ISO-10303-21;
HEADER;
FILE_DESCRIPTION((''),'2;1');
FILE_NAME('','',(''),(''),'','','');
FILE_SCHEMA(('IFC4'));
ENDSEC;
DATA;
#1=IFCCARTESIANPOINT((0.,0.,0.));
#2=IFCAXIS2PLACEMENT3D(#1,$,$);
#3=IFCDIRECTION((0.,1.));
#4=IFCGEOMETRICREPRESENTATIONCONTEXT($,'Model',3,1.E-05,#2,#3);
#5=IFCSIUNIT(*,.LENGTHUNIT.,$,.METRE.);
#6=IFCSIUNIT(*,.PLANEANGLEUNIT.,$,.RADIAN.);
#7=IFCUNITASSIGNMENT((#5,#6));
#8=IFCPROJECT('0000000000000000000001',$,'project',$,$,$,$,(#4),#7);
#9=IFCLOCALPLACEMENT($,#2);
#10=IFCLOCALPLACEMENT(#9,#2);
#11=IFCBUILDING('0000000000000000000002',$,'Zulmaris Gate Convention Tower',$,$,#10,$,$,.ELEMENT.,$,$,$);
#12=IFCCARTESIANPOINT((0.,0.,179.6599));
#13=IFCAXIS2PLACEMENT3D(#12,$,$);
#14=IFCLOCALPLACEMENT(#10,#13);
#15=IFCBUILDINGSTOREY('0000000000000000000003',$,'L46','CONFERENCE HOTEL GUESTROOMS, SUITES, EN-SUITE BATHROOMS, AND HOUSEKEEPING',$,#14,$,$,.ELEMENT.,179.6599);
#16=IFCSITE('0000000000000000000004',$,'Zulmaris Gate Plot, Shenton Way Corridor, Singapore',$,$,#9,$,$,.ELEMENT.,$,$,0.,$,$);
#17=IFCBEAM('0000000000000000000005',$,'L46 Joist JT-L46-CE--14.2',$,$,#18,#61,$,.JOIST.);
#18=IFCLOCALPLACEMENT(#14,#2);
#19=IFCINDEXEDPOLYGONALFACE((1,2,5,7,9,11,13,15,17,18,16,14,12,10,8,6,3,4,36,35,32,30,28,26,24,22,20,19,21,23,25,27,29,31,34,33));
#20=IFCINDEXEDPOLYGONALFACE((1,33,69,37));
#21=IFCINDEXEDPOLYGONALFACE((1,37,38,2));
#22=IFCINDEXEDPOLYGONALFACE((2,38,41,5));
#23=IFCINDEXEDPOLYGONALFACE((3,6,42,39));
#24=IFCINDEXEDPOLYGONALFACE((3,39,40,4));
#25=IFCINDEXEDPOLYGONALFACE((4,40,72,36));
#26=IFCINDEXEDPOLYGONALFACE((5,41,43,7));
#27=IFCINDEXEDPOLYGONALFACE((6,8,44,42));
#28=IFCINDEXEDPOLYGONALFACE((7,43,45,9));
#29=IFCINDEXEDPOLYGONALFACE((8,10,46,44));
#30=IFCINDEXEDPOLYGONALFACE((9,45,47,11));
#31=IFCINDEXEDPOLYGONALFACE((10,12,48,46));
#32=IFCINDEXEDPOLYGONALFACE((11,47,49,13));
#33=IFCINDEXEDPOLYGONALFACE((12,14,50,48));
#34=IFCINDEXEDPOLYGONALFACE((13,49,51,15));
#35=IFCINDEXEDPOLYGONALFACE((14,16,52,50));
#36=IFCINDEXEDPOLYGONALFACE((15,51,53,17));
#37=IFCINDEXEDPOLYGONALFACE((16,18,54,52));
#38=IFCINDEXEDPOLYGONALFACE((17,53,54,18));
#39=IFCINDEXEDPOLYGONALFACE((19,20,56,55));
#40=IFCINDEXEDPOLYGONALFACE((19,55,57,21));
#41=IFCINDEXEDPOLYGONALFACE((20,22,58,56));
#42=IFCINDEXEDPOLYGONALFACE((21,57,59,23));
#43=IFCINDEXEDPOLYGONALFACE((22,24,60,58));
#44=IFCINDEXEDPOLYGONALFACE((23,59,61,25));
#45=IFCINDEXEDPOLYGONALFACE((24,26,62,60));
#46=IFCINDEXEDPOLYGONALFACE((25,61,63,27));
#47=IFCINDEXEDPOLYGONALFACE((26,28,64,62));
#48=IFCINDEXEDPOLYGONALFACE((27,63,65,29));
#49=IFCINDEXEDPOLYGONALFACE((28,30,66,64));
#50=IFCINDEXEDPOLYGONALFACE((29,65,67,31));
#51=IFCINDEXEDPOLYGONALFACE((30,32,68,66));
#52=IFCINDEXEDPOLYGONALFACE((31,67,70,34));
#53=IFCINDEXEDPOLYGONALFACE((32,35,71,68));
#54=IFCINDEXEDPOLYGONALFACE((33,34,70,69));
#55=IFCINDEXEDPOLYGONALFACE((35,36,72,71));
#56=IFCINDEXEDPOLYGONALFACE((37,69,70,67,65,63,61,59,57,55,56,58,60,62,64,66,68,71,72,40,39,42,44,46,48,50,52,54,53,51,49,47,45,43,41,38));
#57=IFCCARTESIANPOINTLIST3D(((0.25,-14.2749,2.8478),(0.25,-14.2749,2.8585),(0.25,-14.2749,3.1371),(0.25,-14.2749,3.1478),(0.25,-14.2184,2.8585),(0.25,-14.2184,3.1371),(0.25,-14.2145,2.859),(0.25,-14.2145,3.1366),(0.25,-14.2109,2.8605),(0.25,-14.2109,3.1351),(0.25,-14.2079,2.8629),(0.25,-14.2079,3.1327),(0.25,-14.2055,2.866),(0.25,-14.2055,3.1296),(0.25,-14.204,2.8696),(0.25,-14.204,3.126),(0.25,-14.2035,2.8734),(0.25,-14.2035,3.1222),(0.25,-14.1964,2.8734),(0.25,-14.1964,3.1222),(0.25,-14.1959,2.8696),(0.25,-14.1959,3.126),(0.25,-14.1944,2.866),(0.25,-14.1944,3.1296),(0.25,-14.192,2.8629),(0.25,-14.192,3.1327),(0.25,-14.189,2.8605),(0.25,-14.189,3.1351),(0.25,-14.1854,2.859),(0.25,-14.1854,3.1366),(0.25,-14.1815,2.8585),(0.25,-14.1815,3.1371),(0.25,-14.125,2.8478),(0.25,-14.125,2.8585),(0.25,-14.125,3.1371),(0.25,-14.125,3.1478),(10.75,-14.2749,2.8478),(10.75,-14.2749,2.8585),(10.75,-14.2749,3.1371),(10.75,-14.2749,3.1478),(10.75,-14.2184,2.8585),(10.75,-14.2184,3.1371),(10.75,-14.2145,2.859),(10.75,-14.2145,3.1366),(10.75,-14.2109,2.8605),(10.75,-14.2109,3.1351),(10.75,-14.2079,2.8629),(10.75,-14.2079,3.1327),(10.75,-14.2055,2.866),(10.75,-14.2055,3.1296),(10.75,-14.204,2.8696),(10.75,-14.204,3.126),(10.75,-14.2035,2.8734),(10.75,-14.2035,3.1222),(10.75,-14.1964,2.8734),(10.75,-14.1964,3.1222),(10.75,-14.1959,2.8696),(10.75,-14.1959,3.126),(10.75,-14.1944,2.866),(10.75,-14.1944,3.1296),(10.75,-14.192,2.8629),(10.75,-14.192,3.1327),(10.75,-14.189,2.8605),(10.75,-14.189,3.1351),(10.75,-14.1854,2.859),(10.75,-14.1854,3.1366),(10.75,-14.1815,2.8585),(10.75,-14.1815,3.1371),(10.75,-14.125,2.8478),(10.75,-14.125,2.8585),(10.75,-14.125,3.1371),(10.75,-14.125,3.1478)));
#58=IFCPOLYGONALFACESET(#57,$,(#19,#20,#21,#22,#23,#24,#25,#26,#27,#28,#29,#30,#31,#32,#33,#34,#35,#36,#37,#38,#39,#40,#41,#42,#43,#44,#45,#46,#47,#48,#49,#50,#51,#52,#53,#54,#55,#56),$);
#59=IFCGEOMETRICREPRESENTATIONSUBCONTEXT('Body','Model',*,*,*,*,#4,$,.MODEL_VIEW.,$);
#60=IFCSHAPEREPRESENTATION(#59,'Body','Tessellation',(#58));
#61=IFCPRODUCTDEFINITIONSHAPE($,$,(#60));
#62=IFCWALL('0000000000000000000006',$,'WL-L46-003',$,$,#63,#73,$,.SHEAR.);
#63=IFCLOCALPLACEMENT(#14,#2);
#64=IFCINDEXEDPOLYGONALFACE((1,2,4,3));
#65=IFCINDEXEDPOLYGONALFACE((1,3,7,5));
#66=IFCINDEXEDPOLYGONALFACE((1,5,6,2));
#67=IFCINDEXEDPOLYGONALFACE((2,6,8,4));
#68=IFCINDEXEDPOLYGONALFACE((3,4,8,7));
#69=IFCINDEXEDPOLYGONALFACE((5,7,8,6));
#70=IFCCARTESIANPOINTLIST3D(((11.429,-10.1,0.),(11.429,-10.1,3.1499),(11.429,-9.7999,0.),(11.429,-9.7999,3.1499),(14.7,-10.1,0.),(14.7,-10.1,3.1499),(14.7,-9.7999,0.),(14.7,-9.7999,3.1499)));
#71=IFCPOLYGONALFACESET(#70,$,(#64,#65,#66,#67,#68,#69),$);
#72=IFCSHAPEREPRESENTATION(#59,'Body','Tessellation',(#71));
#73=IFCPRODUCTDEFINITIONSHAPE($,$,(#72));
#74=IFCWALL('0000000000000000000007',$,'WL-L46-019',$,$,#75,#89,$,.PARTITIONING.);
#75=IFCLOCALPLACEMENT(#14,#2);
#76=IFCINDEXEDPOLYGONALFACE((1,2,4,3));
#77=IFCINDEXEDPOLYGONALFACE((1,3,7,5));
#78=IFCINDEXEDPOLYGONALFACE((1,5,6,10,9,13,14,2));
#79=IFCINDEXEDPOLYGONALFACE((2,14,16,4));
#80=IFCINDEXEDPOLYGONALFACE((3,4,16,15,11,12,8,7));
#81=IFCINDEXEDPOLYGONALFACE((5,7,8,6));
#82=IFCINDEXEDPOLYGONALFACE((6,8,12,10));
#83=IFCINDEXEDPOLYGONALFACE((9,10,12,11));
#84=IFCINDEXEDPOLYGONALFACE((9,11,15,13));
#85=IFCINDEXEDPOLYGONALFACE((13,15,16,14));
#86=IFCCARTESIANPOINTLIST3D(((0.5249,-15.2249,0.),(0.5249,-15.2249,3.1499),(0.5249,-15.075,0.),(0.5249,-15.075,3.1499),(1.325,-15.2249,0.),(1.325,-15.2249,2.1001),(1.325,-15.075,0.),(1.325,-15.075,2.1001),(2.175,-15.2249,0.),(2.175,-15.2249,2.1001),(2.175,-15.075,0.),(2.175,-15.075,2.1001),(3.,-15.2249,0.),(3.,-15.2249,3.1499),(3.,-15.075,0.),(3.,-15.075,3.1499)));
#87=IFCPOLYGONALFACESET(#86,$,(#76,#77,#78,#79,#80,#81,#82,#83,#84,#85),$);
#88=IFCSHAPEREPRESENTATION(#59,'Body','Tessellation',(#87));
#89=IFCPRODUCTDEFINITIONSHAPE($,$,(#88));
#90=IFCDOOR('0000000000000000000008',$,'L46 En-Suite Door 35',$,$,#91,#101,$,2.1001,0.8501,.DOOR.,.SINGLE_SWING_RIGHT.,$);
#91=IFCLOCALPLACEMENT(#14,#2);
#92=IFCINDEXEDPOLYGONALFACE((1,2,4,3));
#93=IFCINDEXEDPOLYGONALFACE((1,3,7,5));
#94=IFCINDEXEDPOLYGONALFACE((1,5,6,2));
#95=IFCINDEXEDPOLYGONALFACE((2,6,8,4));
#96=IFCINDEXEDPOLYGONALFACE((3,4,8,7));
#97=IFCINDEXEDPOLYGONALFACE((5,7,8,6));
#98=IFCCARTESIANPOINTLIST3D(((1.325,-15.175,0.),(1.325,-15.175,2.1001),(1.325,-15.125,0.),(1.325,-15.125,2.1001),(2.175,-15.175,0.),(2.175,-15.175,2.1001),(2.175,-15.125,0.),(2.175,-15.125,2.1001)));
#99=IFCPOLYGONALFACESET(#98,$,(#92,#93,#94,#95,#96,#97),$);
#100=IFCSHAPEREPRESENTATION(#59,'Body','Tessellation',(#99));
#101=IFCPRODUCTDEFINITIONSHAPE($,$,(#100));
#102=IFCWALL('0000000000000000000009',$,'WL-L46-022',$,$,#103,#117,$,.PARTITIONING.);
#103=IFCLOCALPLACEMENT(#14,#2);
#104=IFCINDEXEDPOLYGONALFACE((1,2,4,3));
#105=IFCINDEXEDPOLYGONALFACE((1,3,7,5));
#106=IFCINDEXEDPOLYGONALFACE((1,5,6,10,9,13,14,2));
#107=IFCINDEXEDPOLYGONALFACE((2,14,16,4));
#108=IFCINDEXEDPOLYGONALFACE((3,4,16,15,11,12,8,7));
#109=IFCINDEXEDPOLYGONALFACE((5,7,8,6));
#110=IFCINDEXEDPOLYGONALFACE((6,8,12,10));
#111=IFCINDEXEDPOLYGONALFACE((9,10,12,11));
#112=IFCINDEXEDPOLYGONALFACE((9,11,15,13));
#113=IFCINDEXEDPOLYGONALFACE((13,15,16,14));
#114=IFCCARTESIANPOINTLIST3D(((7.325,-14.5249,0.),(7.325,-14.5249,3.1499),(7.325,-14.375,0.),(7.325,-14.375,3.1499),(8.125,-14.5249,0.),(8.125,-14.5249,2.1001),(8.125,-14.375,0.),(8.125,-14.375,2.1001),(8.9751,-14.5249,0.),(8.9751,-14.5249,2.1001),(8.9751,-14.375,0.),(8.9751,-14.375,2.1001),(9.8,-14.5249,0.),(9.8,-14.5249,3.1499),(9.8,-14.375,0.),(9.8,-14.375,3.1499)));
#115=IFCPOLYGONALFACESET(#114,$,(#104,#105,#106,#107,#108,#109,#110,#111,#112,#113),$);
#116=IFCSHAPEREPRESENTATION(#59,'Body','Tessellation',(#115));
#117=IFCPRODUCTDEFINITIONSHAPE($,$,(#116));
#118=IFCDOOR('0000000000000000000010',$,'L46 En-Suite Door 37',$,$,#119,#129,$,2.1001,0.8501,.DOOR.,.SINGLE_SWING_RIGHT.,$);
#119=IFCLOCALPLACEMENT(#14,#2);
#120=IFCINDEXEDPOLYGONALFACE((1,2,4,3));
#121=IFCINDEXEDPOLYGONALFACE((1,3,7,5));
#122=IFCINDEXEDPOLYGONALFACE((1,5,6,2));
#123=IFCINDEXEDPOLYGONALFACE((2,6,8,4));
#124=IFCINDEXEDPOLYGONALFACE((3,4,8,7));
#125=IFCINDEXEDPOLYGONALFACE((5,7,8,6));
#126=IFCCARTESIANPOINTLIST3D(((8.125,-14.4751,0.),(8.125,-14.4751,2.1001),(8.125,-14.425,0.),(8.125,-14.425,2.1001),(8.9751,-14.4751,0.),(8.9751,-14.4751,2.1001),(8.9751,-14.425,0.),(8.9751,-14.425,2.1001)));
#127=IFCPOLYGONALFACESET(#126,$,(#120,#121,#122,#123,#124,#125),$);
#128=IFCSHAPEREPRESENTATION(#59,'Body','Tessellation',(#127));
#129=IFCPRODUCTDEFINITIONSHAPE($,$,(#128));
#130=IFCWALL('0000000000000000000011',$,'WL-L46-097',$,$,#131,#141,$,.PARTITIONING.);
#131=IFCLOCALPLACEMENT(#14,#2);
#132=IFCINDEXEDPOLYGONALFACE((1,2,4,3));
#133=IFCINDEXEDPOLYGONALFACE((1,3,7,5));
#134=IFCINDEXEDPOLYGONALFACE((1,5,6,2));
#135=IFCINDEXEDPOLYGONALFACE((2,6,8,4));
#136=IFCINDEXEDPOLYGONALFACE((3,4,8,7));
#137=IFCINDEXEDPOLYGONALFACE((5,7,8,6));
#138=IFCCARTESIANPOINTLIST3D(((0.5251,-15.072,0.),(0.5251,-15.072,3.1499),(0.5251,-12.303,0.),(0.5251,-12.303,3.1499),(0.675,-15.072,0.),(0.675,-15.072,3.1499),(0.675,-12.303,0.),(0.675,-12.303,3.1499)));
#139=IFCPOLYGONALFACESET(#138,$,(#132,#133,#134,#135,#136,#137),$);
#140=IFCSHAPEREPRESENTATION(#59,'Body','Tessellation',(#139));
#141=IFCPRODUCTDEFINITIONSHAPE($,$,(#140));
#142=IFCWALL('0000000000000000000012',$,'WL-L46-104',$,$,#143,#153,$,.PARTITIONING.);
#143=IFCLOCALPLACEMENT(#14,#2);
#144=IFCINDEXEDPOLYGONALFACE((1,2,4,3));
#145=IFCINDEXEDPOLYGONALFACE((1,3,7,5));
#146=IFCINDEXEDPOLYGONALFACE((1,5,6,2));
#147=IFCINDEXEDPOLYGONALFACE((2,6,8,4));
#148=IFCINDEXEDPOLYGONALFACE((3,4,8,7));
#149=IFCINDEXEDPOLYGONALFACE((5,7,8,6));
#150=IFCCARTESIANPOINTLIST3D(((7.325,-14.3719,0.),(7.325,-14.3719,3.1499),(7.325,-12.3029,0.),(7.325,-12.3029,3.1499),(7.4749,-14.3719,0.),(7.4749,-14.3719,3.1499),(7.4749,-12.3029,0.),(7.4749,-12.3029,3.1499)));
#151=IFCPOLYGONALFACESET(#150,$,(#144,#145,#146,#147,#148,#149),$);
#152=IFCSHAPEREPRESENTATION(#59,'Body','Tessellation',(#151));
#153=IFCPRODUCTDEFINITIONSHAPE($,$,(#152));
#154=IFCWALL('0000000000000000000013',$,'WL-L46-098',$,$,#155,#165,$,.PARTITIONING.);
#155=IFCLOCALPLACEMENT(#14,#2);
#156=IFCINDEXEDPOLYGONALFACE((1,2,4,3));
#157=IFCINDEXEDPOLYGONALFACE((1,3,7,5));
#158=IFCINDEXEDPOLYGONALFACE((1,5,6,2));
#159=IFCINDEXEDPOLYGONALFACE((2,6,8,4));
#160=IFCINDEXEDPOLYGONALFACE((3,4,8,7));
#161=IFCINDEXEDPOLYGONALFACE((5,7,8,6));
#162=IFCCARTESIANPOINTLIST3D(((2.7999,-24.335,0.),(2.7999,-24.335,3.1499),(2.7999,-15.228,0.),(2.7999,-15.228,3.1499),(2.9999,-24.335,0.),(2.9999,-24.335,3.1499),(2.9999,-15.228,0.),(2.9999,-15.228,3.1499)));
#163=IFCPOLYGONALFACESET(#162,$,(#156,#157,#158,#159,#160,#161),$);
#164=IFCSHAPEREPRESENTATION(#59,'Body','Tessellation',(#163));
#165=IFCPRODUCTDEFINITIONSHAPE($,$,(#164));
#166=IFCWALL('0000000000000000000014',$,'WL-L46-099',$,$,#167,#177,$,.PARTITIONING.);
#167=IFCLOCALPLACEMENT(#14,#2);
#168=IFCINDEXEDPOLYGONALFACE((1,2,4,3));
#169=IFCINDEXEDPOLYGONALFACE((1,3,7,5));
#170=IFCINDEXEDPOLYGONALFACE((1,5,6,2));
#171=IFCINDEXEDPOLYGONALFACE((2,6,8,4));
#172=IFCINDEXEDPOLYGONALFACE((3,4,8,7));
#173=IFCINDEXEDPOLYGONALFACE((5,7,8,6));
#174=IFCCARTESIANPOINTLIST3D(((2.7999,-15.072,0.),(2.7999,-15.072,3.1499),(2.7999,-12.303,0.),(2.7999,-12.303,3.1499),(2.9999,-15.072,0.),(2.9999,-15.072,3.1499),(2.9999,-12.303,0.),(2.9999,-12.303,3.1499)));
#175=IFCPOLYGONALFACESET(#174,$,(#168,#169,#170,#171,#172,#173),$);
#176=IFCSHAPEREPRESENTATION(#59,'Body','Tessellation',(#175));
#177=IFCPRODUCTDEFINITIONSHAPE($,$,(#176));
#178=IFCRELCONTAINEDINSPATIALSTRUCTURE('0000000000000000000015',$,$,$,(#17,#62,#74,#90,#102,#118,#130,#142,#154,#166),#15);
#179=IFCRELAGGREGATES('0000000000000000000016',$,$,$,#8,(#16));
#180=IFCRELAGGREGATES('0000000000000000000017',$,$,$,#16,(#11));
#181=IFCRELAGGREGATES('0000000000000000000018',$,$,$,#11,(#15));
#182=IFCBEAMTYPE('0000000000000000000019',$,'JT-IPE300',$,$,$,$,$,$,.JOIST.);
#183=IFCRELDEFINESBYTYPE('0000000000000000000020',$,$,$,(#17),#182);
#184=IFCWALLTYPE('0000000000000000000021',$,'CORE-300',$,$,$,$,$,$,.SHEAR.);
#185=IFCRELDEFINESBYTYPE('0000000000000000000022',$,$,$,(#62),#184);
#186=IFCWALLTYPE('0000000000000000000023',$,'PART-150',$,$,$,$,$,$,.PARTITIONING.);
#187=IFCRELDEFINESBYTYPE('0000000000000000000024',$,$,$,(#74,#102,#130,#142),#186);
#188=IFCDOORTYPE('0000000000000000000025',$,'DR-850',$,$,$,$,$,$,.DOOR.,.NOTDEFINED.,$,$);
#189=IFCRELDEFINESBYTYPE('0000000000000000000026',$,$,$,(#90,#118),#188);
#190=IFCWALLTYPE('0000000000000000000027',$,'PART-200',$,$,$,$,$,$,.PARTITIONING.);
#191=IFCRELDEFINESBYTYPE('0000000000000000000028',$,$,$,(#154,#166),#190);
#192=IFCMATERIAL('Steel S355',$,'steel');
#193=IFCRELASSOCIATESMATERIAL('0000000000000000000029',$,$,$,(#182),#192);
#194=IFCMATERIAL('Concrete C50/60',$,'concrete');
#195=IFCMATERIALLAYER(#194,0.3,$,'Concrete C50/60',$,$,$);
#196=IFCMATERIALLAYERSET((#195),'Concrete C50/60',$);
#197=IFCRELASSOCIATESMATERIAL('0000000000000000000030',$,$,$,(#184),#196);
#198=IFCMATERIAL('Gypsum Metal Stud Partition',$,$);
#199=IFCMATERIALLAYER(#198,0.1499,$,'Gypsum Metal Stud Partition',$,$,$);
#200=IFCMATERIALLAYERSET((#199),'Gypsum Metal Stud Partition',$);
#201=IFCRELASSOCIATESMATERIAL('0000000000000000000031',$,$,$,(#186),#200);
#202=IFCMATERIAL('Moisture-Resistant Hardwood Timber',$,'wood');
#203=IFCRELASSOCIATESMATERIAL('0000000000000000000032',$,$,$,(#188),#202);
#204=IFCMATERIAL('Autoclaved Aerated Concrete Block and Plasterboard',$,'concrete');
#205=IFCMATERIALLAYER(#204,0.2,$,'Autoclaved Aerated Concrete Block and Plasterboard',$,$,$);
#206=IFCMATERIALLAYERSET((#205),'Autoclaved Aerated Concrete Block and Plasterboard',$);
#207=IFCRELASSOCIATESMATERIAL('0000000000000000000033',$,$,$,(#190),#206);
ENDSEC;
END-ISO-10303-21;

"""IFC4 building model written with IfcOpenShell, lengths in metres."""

from ifc_helpers import new_model, si_unit, direction, frame, frame_2d, origin, origin_2d, place, context, subcontext, project, spatial, rectangle, i_section, extrude, material, layer, layer_set, material_profile, profile_set, type_object, element, fill, save


model = new_model("IFC4")

# Units and contexts
model_context = context("Model", 3, precision=1e-05, world=origin(), true_north=direction((0.0, 1.0)))
body_context = subcontext(model_context, "Body", "Model", "MODEL_VIEW")
ifc_project = project(units=[si_unit("LENGTHUNIT", "METRE"), si_unit("PLANEANGLEUNIT", "RADIAN")], contexts=[model_context])

# Site, building, storey
site_placement = place(None, origin())
site = spatial("IfcSite", under=ifc_project, at=site_placement, Name="Zulmaris Gate Plot, Shenton Way Corridor, Singapore", CompositionType="ELEMENT", RefElevation=0.0)
building_placement = place(site_placement, origin())
building = spatial("IfcBuilding", under=site, at=building_placement, Name="Zulmaris Gate Convention Tower", CompositionType="ELEMENT")
storey_placement = place(building_placement, frame((0.0, 0.0, 179.6599)))
storey = spatial("IfcBuildingStorey", under=building, at=storey_placement, Name="L46", Description="CONFERENCE HOTEL GUESTROOMS, SUITES, EN-SUITE BATHROOMS, AND HOUSEKEEPING", CompositionType="ELEMENT", Elevation=179.6599)

# Beam
ifc_material_1 = material(Name="Steel S355", Category="steel")
ifc_material_2 = material(Name="Concrete C50/60", Category="concrete")
ifc_material_profile_1 = material_profile(ifc_material_1, i_section(OverallWidth=0.1499, OverallDepth=0.3, WebThickness=0.0071, FlangeThickness=0.0107, FilletRadius=0.0149, at=origin_2d()), Name="IPE 300")
ifc_profile_set_1 = profile_set([ifc_material_profile_1], Name="Steel S355")
beam_type_1 = type_object("IfcBeamType", Name="JT-IPE300", PredefinedType="JOIST", material=ifc_profile_set_1)
for number, where, z_axis, x_axis, name in (
    (1, (0.25, -14.2, 2.9978), (1.0, 0.0, 0.0), (0.0, 1.0, 0.0), "L46 Joist JT-L46-CE--14.2"),
):
    element("IfcBeam", number, at=place(storey_placement, frame(where, z_axis=z_axis, x_axis=x_axis)), inside=storey, type_object=beam_type_1, Name=name, PredefinedType="JOIST", context=body_context, shape_type="SweptSolid", body=[
        extrude(i_section(OverallWidth=0.1499, OverallDepth=0.3, WebThickness=0.0071, FlangeThickness=0.0107, FilletRadius=0.0149, at=origin_2d()), origin(), (0.0, 0.0, 1.0), 10.5),
    ])

# Wall
ifc_layer_1 = layer(ifc_material_2, 0.3, Name="Concrete C50/60")
ifc_layer_set_1 = layer_set([ifc_layer_1], Name="Concrete C50/60")
wall_type_1 = type_object("IfcWallType", Name="CORE-300", PredefinedType="SHEAR", material=ifc_layer_set_1)
wall_1_placement = place(storey_placement, frame((11.429, -9.95, 0.0), z_axis=(0.0, 0.0, 1.0), x_axis=(1.0, 0.0, 0.0)))
element("IfcWall", 2, at=wall_1_placement, inside=storey, type_object=wall_type_1, Name="WL-L46-003", PredefinedType="SHEAR", context=body_context, shape_type="SweptSolid", body=[
    extrude(rectangle(XDim=3.271, YDim=0.3, at=frame_2d((1.6355, 0.0))), origin(), (0.0, 0.0, 1.0), 3.1499),
])

# Walls, openings, doors
ifc_material_3 = material(Name="Gypsum Metal Stud Partition")
ifc_layer_2 = layer(ifc_material_3, 0.1499, Name="Gypsum Metal Stud Partition")
ifc_layer_set_2 = layer_set([ifc_layer_2], Name="Gypsum Metal Stud Partition")
wall_type_2 = type_object("IfcWallType", Name="PART-150", PredefinedType="PARTITIONING", material=ifc_layer_set_2)
wall_2_placement = place(storey_placement, frame((0.5249, -15.1499, 0.0), z_axis=(0.0, 0.0, 1.0), x_axis=(1.0, 0.0, 0.0)))
wall_2 = element("IfcWall", 3, at=wall_2_placement, inside=storey, type_object=wall_type_2, Name="WL-L46-019", PredefinedType="PARTITIONING", context=body_context, shape_type="SweptSolid", body=[
    extrude(rectangle(XDim=2.4751, YDim=0.1499, at=frame_2d((1.2375, 0.0))), origin(), (0.0, 0.0, 1.0), 3.1499),
])
opening_1_placement = place(wall_2_placement, frame((0.8, 0.0, 0.0)))
opening_1 = element("IfcOpeningElement", 4, at=opening_1_placement, cuts=wall_2, PredefinedType="OPENING", context=body_context, shape_type="SweptSolid", body=[
    extrude(rectangle(XDim=0.8501, YDim=2.1001, at=frame_2d((0.425, 1.05))), frame((0.0, 0.085, 0.0), z_axis=(0.0, -1.0, 0.0), x_axis=(1.0, 0.0, 0.0)), (0.0, 0.0, 1.0), 0.1699),
])
ifc_material_4 = material(Name="Moisture-Resistant Hardwood Timber", Category="wood")
door_type = type_object("IfcDoorType", Name="DR-850", OperationType="NOTDEFINED", PredefinedType="DOOR", material=ifc_material_4)
door_1_placement = place(opening_1_placement, origin())
door_1 = element("IfcDoor", 5, at=door_1_placement, inside=storey, type_object=door_type, Name="L46 En-Suite Door 35", OperationType="SINGLE_SWING_RIGHT", OverallHeight=2.1001, OverallWidth=0.8501, PredefinedType="DOOR", context=body_context, shape_type="SweptSolid", body=[
    extrude(rectangle(XDim=0.8501, YDim=2.1001, at=frame_2d((0.425, 1.05))), frame((0.0, 0.0249, 0.0), z_axis=(0.0, -1.0, 0.0), x_axis=(1.0, 0.0, 0.0)), (0.0, 0.0, 1.0), 0.05),
])
fill(opening_1, door_1)
wall_3_placement = place(storey_placement, frame((7.325, -14.45, 0.0), z_axis=(0.0, 0.0, 1.0), x_axis=(1.0, 0.0, 0.0)))
wall_3 = element("IfcWall", 6, at=wall_3_placement, inside=storey, type_object=wall_type_2, Name="WL-L46-022", PredefinedType="PARTITIONING", context=body_context, shape_type="SweptSolid", body=[
    extrude(rectangle(XDim=2.4751, YDim=0.1499, at=frame_2d((1.2375, 0.0))), origin(), (0.0, 0.0, 1.0), 3.1499),
])
opening_2_placement = place(wall_3_placement, frame((0.8, 0.0, 0.0)))
opening_2 = element("IfcOpeningElement", 7, at=opening_2_placement, cuts=wall_3, PredefinedType="OPENING", context=body_context, shape_type="SweptSolid", body=[
    extrude(rectangle(XDim=0.8501, YDim=2.1001, at=frame_2d((0.425, 1.05))), frame((0.0, 0.085, 0.0), z_axis=(0.0, -1.0, 0.0), x_axis=(1.0, 0.0, 0.0)), (0.0, 0.0, 1.0), 0.1699),
])
door_2_placement = place(opening_2_placement, origin())
door_2 = element("IfcDoor", 8, at=door_2_placement, inside=storey, type_object=door_type, Name="L46 En-Suite Door 37", OperationType="SINGLE_SWING_RIGHT", OverallHeight=2.1001, OverallWidth=0.8501, PredefinedType="DOOR", context=body_context, shape_type="SweptSolid", body=[
    extrude(rectangle(XDim=0.8501, YDim=2.1001, at=frame_2d((0.425, 1.05))), frame((0.0, 0.0249, 0.0), z_axis=(0.0, -1.0, 0.0), x_axis=(1.0, 0.0, 0.0)), (0.0, 0.0, 1.0), 0.05),
])
fill(opening_2, door_2)

# Walls
wall_4_placement = place(storey_placement, frame((0.6001, -15.072, 0.0), z_axis=(0.0, 0.0, 1.0), x_axis=(0.0, 1.0, 0.0)))
element("IfcWall", 9, at=wall_4_placement, inside=storey, type_object=wall_type_2, Name="WL-L46-097", PredefinedType="PARTITIONING", context=body_context, shape_type="SweptSolid", body=[
    extrude(rectangle(XDim=2.769, YDim=0.1499, at=frame_2d((1.3845, 0.0))), origin(), (0.0, 0.0, 1.0), 3.1499),
])
wall_5_placement = place(storey_placement, frame((7.3999, -14.3721, 0.0), z_axis=(0.0, 0.0, 1.0), x_axis=(0.0, 1.0, 0.0)))
element("IfcWall", 10, at=wall_5_placement, inside=storey, type_object=wall_type_2, Name="WL-L46-104", PredefinedType="PARTITIONING", context=body_context, shape_type="SweptSolid", body=[
    extrude(rectangle(XDim=2.0691, YDim=0.1499, at=frame_2d((1.0347, 0.0))), origin(), (0.0, 0.0, 1.0), 3.1499),
])
ifc_material_5 = material(Name="Autoclaved Aerated Concrete Block and Plasterboard", Category="concrete")
ifc_layer_3 = layer(ifc_material_5, 0.2, Name="Autoclaved Aerated Concrete Block and Plasterboard")
ifc_layer_set_3 = layer_set([ifc_layer_3], Name="Autoclaved Aerated Concrete Block and Plasterboard")
wall_type_3 = type_object("IfcWallType", Name="PART-200", PredefinedType="PARTITIONING", material=ifc_layer_set_3)
wall_6_placement = place(storey_placement, frame((2.8999, -24.335, 0.0), z_axis=(0.0, 0.0, 1.0), x_axis=(0.0, 1.0, 0.0)))
element("IfcWall", 11, at=wall_6_placement, inside=storey, type_object=wall_type_3, Name="WL-L46-098", PredefinedType="PARTITIONING", context=body_context, shape_type="SweptSolid", body=[
    extrude(rectangle(XDim=9.1069, YDim=0.2, at=frame_2d((4.5535, 0.0))), origin(), (0.0, 0.0, 1.0), 3.1499),
])
wall_7_placement = place(storey_placement, frame((2.8999, -15.072, 0.0), z_axis=(0.0, 0.0, 1.0), x_axis=(0.0, 1.0, 0.0)))
element("IfcWall", 12, at=wall_7_placement, inside=storey, type_object=wall_type_3, Name="WL-L46-099", PredefinedType="PARTITIONING", context=body_context, shape_type="SweptSolid", body=[
    extrude(rectangle(XDim=2.769, YDim=0.2, at=frame_2d((1.3845, 0.0))), origin(), (0.0, 0.0, 1.0), 3.1499),
])

save(model, "model.ifc")
